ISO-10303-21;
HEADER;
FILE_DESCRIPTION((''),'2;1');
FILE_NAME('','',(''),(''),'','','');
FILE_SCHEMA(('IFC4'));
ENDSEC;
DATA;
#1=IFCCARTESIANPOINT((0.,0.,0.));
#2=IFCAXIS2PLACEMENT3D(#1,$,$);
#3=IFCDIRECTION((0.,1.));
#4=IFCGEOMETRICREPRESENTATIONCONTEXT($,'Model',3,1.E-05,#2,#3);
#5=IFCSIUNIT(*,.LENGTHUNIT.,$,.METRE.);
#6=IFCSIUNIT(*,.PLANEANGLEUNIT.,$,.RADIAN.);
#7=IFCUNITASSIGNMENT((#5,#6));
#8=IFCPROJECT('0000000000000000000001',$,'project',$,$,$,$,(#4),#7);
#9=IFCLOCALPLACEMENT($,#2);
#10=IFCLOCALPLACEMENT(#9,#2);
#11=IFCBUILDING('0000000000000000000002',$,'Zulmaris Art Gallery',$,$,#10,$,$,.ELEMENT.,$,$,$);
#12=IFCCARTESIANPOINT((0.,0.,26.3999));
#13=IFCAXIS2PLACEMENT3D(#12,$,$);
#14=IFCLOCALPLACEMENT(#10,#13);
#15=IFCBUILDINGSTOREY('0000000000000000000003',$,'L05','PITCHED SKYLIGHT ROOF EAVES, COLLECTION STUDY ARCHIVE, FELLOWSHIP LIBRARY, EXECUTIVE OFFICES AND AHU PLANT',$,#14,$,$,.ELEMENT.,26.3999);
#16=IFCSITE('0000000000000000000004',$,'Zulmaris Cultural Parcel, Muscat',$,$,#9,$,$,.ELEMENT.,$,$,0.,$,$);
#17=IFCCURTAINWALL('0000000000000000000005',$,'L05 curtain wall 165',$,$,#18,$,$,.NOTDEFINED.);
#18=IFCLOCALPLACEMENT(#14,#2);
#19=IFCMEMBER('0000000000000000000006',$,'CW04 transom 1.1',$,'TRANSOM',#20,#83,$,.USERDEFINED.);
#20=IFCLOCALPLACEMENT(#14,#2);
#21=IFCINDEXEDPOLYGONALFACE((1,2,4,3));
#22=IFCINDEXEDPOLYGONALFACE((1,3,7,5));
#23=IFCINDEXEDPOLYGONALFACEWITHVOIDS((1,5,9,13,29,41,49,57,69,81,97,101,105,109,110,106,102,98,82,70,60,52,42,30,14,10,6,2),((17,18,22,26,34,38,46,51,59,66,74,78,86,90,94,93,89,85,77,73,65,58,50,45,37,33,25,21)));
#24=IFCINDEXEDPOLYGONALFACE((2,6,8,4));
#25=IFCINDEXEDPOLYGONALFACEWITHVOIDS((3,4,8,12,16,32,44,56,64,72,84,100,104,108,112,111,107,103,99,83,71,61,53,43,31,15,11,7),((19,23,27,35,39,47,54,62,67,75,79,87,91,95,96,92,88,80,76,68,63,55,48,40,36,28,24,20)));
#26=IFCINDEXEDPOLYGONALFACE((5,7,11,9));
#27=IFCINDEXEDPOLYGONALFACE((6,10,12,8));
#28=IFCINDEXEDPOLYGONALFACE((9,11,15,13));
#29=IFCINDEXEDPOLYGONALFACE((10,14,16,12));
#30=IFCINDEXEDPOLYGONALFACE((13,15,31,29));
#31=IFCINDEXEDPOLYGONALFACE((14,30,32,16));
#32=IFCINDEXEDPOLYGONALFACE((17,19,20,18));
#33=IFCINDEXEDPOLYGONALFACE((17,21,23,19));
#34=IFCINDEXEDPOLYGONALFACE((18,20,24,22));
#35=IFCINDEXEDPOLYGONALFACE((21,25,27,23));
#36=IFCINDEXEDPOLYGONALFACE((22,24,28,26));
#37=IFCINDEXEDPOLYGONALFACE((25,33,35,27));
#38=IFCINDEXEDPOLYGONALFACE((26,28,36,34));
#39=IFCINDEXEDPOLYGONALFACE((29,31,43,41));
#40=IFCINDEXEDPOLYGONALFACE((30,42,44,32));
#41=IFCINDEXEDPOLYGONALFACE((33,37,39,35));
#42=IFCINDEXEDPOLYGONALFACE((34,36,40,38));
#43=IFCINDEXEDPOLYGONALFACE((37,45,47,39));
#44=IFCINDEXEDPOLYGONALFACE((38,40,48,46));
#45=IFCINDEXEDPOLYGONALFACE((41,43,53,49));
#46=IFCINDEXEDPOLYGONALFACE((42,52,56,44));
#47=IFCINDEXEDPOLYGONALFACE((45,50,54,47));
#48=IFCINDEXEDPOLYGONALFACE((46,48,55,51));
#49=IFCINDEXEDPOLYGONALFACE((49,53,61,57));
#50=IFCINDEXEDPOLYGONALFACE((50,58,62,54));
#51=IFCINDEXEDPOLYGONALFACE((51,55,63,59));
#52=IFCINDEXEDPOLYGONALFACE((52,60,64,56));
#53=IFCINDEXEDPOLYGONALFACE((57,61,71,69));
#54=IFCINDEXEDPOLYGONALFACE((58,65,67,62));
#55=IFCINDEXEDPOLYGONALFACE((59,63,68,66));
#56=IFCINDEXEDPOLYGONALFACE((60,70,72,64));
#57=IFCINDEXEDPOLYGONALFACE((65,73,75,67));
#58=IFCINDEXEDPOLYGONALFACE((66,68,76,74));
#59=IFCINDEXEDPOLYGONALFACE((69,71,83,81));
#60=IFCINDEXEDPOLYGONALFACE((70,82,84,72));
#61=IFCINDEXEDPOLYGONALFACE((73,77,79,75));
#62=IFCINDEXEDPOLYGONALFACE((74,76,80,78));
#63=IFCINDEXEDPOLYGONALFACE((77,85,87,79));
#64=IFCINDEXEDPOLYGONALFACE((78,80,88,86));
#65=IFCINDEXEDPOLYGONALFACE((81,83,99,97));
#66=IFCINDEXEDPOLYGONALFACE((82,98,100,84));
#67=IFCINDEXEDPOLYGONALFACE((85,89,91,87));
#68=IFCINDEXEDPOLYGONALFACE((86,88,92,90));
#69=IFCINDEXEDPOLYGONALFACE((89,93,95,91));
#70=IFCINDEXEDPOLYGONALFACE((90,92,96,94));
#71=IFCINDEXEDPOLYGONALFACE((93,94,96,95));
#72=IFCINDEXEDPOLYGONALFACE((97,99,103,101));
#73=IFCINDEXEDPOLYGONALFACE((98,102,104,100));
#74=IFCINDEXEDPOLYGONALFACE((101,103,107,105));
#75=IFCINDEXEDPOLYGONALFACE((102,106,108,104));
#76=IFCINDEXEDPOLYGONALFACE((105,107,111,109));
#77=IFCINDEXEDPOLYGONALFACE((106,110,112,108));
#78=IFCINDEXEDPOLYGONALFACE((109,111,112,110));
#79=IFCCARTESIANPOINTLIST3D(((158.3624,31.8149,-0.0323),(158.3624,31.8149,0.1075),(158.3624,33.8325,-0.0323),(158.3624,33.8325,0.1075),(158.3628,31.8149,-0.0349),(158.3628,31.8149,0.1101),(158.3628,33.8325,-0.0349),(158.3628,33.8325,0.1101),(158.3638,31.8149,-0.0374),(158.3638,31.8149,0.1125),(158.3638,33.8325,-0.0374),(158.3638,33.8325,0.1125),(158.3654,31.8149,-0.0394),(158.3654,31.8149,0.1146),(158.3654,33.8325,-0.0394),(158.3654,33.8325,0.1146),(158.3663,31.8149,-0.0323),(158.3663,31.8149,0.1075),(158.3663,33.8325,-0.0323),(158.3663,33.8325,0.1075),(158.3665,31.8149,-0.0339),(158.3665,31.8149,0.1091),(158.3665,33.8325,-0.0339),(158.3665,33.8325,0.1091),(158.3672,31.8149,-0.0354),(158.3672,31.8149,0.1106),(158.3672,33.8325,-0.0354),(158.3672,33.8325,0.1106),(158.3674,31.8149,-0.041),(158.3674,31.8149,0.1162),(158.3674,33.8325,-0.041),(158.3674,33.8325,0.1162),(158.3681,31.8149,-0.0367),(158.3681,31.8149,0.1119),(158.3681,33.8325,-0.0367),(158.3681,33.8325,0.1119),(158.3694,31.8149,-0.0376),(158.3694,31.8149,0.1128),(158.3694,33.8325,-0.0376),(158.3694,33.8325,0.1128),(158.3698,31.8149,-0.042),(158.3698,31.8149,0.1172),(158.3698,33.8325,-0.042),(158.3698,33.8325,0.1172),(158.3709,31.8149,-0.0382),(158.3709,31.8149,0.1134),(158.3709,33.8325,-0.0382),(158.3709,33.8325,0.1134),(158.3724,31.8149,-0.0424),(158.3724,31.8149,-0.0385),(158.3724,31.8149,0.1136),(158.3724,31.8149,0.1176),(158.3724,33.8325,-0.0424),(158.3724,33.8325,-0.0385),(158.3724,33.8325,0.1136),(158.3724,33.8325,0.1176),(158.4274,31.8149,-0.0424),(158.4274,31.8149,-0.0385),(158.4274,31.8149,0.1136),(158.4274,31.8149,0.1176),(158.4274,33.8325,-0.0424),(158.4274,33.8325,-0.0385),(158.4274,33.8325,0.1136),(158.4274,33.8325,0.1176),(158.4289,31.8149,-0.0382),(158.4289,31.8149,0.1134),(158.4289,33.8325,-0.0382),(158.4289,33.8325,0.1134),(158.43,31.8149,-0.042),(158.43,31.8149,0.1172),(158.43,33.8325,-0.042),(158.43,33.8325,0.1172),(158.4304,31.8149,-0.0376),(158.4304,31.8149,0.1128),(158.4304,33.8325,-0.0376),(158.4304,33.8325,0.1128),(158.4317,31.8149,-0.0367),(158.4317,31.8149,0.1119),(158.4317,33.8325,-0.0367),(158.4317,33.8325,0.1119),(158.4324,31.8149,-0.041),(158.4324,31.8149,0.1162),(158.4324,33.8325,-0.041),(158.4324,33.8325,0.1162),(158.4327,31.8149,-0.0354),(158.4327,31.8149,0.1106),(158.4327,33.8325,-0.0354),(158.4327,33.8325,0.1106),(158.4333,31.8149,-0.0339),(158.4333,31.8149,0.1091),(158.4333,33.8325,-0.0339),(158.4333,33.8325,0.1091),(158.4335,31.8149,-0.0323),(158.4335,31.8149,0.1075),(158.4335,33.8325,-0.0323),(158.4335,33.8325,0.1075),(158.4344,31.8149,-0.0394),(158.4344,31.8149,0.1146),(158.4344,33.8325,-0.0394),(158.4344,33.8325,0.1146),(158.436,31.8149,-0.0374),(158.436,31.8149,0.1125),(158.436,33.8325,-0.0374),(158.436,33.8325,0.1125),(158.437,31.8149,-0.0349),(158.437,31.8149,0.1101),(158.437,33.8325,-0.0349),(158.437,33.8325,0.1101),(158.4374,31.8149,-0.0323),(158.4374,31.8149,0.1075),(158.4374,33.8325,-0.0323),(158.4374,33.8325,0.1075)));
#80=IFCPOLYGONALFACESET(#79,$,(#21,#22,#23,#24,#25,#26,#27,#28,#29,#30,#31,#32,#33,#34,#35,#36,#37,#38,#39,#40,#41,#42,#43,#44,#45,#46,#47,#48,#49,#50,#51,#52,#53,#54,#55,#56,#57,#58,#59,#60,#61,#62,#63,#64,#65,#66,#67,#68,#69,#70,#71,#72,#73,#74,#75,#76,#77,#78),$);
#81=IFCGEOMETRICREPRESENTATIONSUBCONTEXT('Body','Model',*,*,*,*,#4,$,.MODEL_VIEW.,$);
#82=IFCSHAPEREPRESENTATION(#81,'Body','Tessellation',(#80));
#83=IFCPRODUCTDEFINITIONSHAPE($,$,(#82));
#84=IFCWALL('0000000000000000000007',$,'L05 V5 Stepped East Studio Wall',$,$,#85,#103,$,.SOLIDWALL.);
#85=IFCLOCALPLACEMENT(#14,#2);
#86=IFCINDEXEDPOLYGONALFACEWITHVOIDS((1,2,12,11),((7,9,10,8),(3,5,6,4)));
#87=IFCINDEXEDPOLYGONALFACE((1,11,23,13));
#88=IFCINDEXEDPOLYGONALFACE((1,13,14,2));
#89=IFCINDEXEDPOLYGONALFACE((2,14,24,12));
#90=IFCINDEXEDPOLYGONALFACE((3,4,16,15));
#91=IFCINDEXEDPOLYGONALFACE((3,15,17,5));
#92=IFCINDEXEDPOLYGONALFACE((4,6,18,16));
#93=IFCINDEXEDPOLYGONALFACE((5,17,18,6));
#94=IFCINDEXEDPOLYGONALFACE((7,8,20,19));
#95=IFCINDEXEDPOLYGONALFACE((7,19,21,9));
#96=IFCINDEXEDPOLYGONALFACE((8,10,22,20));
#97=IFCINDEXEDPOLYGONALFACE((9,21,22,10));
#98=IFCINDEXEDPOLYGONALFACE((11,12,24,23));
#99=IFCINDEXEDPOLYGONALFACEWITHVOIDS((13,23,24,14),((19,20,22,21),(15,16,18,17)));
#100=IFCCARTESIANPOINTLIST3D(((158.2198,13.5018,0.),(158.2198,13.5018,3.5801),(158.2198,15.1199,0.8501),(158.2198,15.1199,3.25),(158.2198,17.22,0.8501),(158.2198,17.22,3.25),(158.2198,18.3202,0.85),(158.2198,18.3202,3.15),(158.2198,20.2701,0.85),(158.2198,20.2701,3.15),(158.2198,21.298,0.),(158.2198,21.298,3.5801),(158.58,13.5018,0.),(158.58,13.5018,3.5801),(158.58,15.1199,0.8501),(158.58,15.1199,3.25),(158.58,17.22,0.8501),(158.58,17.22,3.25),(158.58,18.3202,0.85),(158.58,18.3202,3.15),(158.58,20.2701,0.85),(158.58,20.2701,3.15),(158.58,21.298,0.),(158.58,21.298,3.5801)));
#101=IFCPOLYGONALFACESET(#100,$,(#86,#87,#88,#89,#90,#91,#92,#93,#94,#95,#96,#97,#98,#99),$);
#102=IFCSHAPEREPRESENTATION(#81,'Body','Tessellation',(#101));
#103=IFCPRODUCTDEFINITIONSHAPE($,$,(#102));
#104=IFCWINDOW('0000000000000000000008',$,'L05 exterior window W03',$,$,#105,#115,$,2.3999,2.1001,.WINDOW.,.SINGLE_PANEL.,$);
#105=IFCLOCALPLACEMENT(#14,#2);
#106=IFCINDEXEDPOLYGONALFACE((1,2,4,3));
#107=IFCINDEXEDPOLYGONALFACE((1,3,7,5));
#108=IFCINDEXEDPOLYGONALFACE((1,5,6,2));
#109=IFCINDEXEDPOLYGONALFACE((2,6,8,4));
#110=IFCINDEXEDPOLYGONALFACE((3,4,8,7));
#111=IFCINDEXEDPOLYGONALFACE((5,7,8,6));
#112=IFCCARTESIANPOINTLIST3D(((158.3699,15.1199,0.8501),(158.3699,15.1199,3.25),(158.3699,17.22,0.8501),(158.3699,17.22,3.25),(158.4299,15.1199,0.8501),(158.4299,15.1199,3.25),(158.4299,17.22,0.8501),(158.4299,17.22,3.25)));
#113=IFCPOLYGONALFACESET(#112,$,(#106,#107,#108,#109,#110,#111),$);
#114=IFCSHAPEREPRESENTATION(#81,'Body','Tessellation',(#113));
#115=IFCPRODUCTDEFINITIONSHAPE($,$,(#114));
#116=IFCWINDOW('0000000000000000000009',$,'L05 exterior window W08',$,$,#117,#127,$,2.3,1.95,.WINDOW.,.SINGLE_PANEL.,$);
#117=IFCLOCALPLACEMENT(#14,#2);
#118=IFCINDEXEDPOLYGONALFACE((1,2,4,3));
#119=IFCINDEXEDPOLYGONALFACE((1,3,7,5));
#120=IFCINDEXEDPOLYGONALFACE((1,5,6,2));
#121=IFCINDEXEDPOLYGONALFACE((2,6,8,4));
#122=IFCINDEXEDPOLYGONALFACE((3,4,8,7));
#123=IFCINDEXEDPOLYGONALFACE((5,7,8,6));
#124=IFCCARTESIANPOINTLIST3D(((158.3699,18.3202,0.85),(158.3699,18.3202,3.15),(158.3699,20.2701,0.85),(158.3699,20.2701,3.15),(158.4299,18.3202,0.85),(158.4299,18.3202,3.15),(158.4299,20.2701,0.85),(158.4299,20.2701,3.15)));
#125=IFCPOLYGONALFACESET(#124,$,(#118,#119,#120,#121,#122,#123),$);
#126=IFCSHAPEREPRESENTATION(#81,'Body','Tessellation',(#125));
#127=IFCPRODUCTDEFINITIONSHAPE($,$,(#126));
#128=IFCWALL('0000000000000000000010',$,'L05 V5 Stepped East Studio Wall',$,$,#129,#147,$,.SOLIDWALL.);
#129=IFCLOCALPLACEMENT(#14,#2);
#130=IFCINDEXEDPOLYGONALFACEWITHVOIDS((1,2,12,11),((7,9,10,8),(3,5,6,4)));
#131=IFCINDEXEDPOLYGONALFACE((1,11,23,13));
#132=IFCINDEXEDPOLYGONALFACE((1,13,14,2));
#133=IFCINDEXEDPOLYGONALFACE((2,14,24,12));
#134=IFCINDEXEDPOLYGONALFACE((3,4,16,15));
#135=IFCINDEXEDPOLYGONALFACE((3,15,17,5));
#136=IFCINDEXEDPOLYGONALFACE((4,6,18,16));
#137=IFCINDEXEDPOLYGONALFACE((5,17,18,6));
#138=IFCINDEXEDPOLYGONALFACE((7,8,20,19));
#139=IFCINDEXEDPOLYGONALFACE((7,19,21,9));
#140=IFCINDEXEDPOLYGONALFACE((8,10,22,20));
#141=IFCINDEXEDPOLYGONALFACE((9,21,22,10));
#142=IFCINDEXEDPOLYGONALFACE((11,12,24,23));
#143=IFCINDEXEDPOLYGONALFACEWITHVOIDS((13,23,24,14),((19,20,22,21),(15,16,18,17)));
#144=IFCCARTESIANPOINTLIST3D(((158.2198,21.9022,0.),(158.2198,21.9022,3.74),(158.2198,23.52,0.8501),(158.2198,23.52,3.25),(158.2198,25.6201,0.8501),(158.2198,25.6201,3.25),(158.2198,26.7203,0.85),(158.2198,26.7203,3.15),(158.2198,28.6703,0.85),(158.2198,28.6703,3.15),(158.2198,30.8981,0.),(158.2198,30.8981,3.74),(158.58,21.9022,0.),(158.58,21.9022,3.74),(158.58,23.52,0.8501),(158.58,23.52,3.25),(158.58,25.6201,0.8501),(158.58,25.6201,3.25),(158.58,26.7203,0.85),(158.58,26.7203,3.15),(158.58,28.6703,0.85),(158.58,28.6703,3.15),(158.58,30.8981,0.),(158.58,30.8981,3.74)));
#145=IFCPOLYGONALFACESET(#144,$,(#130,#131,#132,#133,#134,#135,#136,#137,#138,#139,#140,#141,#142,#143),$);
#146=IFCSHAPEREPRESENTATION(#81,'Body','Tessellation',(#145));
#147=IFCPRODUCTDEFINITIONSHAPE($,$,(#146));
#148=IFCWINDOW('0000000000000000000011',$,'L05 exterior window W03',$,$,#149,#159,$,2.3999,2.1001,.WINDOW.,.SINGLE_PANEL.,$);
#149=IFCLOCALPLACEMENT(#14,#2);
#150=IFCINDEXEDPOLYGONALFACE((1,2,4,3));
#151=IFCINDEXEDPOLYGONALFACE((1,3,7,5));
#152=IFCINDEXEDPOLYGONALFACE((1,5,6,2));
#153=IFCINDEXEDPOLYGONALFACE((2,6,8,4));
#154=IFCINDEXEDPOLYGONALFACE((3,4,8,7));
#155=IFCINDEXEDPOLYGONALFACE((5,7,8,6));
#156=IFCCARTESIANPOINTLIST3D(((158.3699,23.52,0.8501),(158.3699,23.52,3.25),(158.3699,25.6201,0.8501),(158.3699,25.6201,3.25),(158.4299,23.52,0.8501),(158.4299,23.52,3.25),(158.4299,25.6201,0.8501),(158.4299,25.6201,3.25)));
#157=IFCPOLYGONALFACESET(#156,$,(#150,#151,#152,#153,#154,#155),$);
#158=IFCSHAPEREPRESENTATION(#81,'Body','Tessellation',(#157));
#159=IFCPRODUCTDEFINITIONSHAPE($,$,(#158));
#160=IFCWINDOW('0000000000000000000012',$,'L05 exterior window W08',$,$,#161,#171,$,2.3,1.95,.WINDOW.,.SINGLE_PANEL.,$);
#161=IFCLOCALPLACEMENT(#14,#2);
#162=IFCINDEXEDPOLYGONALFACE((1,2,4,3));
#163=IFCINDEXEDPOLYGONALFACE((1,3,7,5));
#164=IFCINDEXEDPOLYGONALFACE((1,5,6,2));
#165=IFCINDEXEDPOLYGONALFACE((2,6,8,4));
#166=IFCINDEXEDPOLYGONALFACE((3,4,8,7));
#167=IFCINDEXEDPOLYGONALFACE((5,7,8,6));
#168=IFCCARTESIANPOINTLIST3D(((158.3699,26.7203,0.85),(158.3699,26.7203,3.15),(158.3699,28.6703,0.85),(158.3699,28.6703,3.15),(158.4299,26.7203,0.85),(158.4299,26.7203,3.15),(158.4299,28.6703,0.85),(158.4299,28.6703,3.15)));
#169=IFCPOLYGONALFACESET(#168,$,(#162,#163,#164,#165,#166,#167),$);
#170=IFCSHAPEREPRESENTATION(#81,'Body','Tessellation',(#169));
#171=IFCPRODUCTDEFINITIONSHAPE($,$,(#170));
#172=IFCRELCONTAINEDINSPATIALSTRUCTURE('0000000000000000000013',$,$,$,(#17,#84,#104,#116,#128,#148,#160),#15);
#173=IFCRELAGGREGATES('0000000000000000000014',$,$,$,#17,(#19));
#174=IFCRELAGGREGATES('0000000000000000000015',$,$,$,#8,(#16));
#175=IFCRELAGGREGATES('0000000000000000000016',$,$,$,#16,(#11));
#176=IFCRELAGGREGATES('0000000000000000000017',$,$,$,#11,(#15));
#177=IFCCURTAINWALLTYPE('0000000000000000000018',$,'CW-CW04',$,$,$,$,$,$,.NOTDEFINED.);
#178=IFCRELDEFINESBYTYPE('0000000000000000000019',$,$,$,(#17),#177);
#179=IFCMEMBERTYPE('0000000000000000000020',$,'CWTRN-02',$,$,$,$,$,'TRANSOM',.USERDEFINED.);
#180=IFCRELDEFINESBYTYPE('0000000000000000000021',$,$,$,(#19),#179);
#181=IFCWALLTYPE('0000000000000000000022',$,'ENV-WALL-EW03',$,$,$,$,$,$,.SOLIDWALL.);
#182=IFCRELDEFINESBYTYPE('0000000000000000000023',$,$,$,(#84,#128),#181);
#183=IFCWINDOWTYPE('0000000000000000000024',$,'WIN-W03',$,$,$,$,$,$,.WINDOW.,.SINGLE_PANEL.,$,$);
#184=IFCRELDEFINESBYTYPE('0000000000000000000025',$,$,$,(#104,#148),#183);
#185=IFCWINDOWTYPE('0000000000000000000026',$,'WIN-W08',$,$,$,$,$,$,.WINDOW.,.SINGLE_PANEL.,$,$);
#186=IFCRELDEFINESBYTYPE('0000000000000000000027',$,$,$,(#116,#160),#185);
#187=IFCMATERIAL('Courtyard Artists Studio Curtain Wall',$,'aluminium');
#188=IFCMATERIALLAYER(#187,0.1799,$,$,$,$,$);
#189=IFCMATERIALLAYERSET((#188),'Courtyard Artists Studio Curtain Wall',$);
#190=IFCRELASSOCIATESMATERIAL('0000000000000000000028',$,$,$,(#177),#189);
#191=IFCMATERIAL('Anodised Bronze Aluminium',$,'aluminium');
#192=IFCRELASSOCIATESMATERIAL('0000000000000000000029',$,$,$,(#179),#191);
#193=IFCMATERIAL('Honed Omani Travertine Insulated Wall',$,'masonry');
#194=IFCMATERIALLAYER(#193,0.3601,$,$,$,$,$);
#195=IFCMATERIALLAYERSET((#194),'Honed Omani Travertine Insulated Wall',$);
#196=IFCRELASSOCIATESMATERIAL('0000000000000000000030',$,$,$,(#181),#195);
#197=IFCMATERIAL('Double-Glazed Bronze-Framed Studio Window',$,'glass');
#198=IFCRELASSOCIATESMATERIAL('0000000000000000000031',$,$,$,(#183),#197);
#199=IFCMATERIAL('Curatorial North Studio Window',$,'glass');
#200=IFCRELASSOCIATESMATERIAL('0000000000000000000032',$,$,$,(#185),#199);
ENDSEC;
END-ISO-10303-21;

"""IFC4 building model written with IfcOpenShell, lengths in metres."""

from ifc_helpers import new_model, si_unit, direction, frame, frame_2d, origin, origin_2d, place, context, subcontext, project, spatial, rectangle, hollow_rectangle, extrude, material, layer, layer_set, material_profile, profile_set, type_object, element, fill, aggregate, save


model = new_model("IFC4")

# Units and contexts
model_context = context("Model", 3, precision=1e-05, world=origin(), true_north=direction((0.0, 1.0)))
body_context = subcontext(model_context, "Body", "Model", "MODEL_VIEW")
ifc_project = project(units=[si_unit("LENGTHUNIT", "METRE"), si_unit("PLANEANGLEUNIT", "RADIAN")], contexts=[model_context])

# Site, building, storey
site_placement = place(None, origin())
site = spatial("IfcSite", under=ifc_project, at=site_placement, Name="Zulmaris Cultural Parcel, Muscat", CompositionType="ELEMENT", RefElevation=0.0)
building_placement = place(site_placement, origin())
building = spatial("IfcBuilding", under=site, at=building_placement, Name="Zulmaris Art Gallery", CompositionType="ELEMENT")
storey_placement = place(building_placement, frame((0.0, 0.0, 26.3999)))
storey = spatial("IfcBuildingStorey", under=building, at=storey_placement, Name="L05", Description="PITCHED SKYLIGHT ROOF EAVES, COLLECTION STUDY ARCHIVE, FELLOWSHIP LIBRARY, EXECUTIVE OFFICES AND AHU PLANT", CompositionType="ELEMENT", Elevation=26.3999)

# Curtain wall, member
ifc_material_1 = material(Name="Courtyard Artists Studio Curtain Wall", Category="aluminium")
ifc_layer_1 = layer(ifc_material_1, 0.1799)
ifc_layer_set_1 = layer_set([ifc_layer_1], Name="Courtyard Artists Studio Curtain Wall")
curtain_wall_type = type_object("IfcCurtainWallType", Name="CW-CW04", PredefinedType="NOTDEFINED", material=ifc_layer_set_1)
curtain_wall_placement = place(storey_placement, origin())
curtain_wall = element("IfcCurtainWall", 1, at=curtain_wall_placement, inside=storey, type_object=curtain_wall_type, Name="L05 curtain wall 165", PredefinedType="NOTDEFINED")
ifc_material_2 = material(Name="Anodised Bronze Aluminium", Category="aluminium")
ifc_material_profile_1 = material_profile(ifc_material_2, hollow_rectangle(XDim=0.075, YDim=0.1599, WallThickness=0.0039, InnerFilletRadius=0.0061, OuterFilletRadius=0.01, at=origin_2d()), Name="ALU 75x160x4")
ifc_profile_set_1 = profile_set([ifc_material_profile_1], Name="Anodised Bronze Aluminium")
member_type_1 = type_object("IfcMemberType", Name="CWTRN-02", ElementType="TRANSOM", PredefinedType="USERDEFINED", material=ifc_profile_set_1)
member_1_placement = place(storey_placement, frame((158.3999, 31.8149, 0.0376), z_axis=(0.0, 1.0, 0.0), x_axis=(-1.0, 0.0, 0.0)))
member_1 = element("IfcMember", 2, at=member_1_placement, type_object=member_type_1, Name="CW04 transom 1.1", ObjectType="TRANSOM", PredefinedType="USERDEFINED", context=body_context, shape_type="SweptSolid", body=[
    extrude(hollow_rectangle(XDim=0.075, YDim=0.1599, WallThickness=0.0039, InnerFilletRadius=0.0061, OuterFilletRadius=0.01, at=origin_2d()), origin(), (0.0, 0.0, 1.0), 2.0176),
])
aggregate(curtain_wall, [member_1])

# Walls, openings, windows
ifc_material_3 = material(Name="Honed Omani Travertine Insulated Wall", Category="masonry")
ifc_layer_2 = layer(ifc_material_3, 0.3601)
ifc_layer_set_2 = layer_set([ifc_layer_2], Name="Honed Omani Travertine Insulated Wall")
wall_type_1 = type_object("IfcWallType", Name="ENV-WALL-EW03", PredefinedType="SOLIDWALL", material=ifc_layer_set_2)
wall_1_placement = place(storey_placement, frame((158.3999, 13.502, 0.0), z_axis=(0.0, 0.0, 1.0), x_axis=(0.0, 1.0, 0.0)))
wall_1 = element("IfcWall", 3, at=wall_1_placement, inside=storey, type_object=wall_type_1, Name="L05 V5 Stepped East Studio Wall", PredefinedType="SOLIDWALL", context=body_context, shape_type="SweptSolid", body=[
    extrude(rectangle(XDim=7.7961, YDim=0.3601, at=frame_2d((3.8979, 0.0))), origin(), (0.0, 0.0, 1.0), 3.5801),
])
opening_1_placement = place(wall_1_placement, frame((1.6179, 0.0, 0.8501)))
opening_1 = element("IfcOpeningElement", 4, at=opening_1_placement, cuts=wall_1, PredefinedType="OPENING", context=body_context, shape_type="SweptSolid", body=[
    extrude(rectangle(XDim=2.1001, YDim=2.3999, at=frame_2d((1.05, 1.2))), frame((0.0, 0.1899, 0.0), z_axis=(0.0, -1.0, 0.0), x_axis=(1.0, 0.0, 0.0)), (0.0, 0.0, 1.0), 0.3801),
])
opening_2_placement = place(wall_1_placement, frame((4.8181, 0.0, 0.8501)))
opening_2 = element("IfcOpeningElement", 5, at=opening_2_placement, cuts=wall_1, PredefinedType="OPENING", context=body_context, shape_type="SweptSolid", body=[
    extrude(rectangle(XDim=1.95, YDim=2.3, at=frame_2d((0.9751, 1.1499))), frame((0.0, 0.1899, 0.0), z_axis=(0.0, -1.0, 0.0), x_axis=(1.0, 0.0, 0.0)), (0.0, 0.0, 1.0), 0.3801),
])
ifc_material_4 = material(Name="Double-Glazed Bronze-Framed Studio Window", Category="glass")
window_type_1 = type_object("IfcWindowType", Name="WIN-W03", PartitioningType="SINGLE_PANEL", PredefinedType="WINDOW", material=ifc_material_4)
window_1_placement = place(opening_1_placement, origin())
window_1 = element("IfcWindow", 6, at=window_1_placement, inside=storey, type_object=window_type_1, Name="L05 exterior window W03", OverallHeight=2.3999, OverallWidth=2.1001, PartitioningType="SINGLE_PANEL", PredefinedType="WINDOW", context=body_context, shape_type="SweptSolid", body=[
    extrude(rectangle(XDim=2.1001, YDim=2.3999, at=frame_2d((1.05, 1.2))), frame((0.0, 0.03, 0.0), z_axis=(0.0, -1.0, 0.0), x_axis=(1.0, 0.0, 0.0)), (0.0, 0.0, 1.0), 0.0601),
])
fill(opening_1, window_1)
ifc_material_5 = material(Name="Curatorial North Studio Window", Category="glass")
window_type_2 = type_object("IfcWindowType", Name="WIN-W08", PartitioningType="SINGLE_PANEL", PredefinedType="WINDOW", material=ifc_material_5)
window_2_placement = place(opening_2_placement, origin())
window_2 = element("IfcWindow", 7, at=window_2_placement, inside=storey, type_object=window_type_2, Name="L05 exterior window W08", OverallHeight=2.3, OverallWidth=1.95, PartitioningType="SINGLE_PANEL", PredefinedType="WINDOW", context=body_context, shape_type="SweptSolid", body=[
    extrude(rectangle(XDim=1.95, YDim=2.3, at=frame_2d((0.9751, 1.1499))), frame((0.0, 0.03, 0.0), z_axis=(0.0, -1.0, 0.0), x_axis=(1.0, 0.0, 0.0)), (0.0, 0.0, 1.0), 0.0601),
])
fill(opening_2, window_2)
wall_2_placement = place(storey_placement, frame((158.3999, 21.9021, 0.0), z_axis=(0.0, 0.0, 1.0), x_axis=(0.0, 1.0, 0.0)))
wall_2 = element("IfcWall", 8, at=wall_2_placement, inside=storey, type_object=wall_type_1, Name="L05 V5 Stepped East Studio Wall", PredefinedType="SOLIDWALL", context=body_context, shape_type="SweptSolid", body=[
    extrude(rectangle(XDim=8.9958, YDim=0.3601, at=frame_2d((4.498, 0.0))), origin(), (0.0, 0.0, 1.0), 3.74),
])
opening_3_placement = place(wall_2_placement, frame((1.6179, 0.0, 0.8501)))
opening_3 = element("IfcOpeningElement", 9, at=opening_3_placement, cuts=wall_2, PredefinedType="OPENING", context=body_context, shape_type="SweptSolid", body=[
    extrude(rectangle(XDim=2.1001, YDim=2.3999, at=frame_2d((1.05, 1.2))), frame((0.0, 0.1899, 0.0), z_axis=(0.0, -1.0, 0.0), x_axis=(1.0, 0.0, 0.0)), (0.0, 0.0, 1.0), 0.3801),
])
opening_4_placement = place(wall_2_placement, frame((4.8181, 0.0, 0.8501)))
opening_4 = element("IfcOpeningElement", 10, at=opening_4_placement, cuts=wall_2, PredefinedType="OPENING", context=body_context, shape_type="SweptSolid", body=[
    extrude(rectangle(XDim=1.95, YDim=2.3, at=frame_2d((0.9751, 1.1499))), frame((0.0, 0.1899, 0.0), z_axis=(0.0, -1.0, 0.0), x_axis=(1.0, 0.0, 0.0)), (0.0, 0.0, 1.0), 0.3801),
])
window_3_placement = place(opening_3_placement, origin())
window_3 = element("IfcWindow", 11, at=window_3_placement, inside=storey, type_object=window_type_1, Name="L05 exterior window W03", OverallHeight=2.3999, OverallWidth=2.1001, PartitioningType="SINGLE_PANEL", PredefinedType="WINDOW", context=body_context, shape_type="SweptSolid", body=[
    extrude(rectangle(XDim=2.1001, YDim=2.3999, at=frame_2d((1.05, 1.2))), frame((0.0, 0.03, 0.0), z_axis=(0.0, -1.0, 0.0), x_axis=(1.0, 0.0, 0.0)), (0.0, 0.0, 1.0), 0.0601),
])
fill(opening_3, window_3)
window_4_placement = place(opening_4_placement, origin())
window_4 = element("IfcWindow", 12, at=window_4_placement, inside=storey, type_object=window_type_2, Name="L05 exterior window W08", OverallHeight=2.3, OverallWidth=1.95, PartitioningType="SINGLE_PANEL", PredefinedType="WINDOW", context=body_context, shape_type="SweptSolid", body=[
    extrude(rectangle(XDim=1.95, YDim=2.3, at=frame_2d((0.9751, 1.1499))), frame((0.0, 0.03, 0.0), z_axis=(0.0, -1.0, 0.0), x_axis=(1.0, 0.0, 0.0)), (0.0, 0.0, 1.0), 0.0601),
])
fill(opening_4, window_4)

save(model, "model.ifc")
